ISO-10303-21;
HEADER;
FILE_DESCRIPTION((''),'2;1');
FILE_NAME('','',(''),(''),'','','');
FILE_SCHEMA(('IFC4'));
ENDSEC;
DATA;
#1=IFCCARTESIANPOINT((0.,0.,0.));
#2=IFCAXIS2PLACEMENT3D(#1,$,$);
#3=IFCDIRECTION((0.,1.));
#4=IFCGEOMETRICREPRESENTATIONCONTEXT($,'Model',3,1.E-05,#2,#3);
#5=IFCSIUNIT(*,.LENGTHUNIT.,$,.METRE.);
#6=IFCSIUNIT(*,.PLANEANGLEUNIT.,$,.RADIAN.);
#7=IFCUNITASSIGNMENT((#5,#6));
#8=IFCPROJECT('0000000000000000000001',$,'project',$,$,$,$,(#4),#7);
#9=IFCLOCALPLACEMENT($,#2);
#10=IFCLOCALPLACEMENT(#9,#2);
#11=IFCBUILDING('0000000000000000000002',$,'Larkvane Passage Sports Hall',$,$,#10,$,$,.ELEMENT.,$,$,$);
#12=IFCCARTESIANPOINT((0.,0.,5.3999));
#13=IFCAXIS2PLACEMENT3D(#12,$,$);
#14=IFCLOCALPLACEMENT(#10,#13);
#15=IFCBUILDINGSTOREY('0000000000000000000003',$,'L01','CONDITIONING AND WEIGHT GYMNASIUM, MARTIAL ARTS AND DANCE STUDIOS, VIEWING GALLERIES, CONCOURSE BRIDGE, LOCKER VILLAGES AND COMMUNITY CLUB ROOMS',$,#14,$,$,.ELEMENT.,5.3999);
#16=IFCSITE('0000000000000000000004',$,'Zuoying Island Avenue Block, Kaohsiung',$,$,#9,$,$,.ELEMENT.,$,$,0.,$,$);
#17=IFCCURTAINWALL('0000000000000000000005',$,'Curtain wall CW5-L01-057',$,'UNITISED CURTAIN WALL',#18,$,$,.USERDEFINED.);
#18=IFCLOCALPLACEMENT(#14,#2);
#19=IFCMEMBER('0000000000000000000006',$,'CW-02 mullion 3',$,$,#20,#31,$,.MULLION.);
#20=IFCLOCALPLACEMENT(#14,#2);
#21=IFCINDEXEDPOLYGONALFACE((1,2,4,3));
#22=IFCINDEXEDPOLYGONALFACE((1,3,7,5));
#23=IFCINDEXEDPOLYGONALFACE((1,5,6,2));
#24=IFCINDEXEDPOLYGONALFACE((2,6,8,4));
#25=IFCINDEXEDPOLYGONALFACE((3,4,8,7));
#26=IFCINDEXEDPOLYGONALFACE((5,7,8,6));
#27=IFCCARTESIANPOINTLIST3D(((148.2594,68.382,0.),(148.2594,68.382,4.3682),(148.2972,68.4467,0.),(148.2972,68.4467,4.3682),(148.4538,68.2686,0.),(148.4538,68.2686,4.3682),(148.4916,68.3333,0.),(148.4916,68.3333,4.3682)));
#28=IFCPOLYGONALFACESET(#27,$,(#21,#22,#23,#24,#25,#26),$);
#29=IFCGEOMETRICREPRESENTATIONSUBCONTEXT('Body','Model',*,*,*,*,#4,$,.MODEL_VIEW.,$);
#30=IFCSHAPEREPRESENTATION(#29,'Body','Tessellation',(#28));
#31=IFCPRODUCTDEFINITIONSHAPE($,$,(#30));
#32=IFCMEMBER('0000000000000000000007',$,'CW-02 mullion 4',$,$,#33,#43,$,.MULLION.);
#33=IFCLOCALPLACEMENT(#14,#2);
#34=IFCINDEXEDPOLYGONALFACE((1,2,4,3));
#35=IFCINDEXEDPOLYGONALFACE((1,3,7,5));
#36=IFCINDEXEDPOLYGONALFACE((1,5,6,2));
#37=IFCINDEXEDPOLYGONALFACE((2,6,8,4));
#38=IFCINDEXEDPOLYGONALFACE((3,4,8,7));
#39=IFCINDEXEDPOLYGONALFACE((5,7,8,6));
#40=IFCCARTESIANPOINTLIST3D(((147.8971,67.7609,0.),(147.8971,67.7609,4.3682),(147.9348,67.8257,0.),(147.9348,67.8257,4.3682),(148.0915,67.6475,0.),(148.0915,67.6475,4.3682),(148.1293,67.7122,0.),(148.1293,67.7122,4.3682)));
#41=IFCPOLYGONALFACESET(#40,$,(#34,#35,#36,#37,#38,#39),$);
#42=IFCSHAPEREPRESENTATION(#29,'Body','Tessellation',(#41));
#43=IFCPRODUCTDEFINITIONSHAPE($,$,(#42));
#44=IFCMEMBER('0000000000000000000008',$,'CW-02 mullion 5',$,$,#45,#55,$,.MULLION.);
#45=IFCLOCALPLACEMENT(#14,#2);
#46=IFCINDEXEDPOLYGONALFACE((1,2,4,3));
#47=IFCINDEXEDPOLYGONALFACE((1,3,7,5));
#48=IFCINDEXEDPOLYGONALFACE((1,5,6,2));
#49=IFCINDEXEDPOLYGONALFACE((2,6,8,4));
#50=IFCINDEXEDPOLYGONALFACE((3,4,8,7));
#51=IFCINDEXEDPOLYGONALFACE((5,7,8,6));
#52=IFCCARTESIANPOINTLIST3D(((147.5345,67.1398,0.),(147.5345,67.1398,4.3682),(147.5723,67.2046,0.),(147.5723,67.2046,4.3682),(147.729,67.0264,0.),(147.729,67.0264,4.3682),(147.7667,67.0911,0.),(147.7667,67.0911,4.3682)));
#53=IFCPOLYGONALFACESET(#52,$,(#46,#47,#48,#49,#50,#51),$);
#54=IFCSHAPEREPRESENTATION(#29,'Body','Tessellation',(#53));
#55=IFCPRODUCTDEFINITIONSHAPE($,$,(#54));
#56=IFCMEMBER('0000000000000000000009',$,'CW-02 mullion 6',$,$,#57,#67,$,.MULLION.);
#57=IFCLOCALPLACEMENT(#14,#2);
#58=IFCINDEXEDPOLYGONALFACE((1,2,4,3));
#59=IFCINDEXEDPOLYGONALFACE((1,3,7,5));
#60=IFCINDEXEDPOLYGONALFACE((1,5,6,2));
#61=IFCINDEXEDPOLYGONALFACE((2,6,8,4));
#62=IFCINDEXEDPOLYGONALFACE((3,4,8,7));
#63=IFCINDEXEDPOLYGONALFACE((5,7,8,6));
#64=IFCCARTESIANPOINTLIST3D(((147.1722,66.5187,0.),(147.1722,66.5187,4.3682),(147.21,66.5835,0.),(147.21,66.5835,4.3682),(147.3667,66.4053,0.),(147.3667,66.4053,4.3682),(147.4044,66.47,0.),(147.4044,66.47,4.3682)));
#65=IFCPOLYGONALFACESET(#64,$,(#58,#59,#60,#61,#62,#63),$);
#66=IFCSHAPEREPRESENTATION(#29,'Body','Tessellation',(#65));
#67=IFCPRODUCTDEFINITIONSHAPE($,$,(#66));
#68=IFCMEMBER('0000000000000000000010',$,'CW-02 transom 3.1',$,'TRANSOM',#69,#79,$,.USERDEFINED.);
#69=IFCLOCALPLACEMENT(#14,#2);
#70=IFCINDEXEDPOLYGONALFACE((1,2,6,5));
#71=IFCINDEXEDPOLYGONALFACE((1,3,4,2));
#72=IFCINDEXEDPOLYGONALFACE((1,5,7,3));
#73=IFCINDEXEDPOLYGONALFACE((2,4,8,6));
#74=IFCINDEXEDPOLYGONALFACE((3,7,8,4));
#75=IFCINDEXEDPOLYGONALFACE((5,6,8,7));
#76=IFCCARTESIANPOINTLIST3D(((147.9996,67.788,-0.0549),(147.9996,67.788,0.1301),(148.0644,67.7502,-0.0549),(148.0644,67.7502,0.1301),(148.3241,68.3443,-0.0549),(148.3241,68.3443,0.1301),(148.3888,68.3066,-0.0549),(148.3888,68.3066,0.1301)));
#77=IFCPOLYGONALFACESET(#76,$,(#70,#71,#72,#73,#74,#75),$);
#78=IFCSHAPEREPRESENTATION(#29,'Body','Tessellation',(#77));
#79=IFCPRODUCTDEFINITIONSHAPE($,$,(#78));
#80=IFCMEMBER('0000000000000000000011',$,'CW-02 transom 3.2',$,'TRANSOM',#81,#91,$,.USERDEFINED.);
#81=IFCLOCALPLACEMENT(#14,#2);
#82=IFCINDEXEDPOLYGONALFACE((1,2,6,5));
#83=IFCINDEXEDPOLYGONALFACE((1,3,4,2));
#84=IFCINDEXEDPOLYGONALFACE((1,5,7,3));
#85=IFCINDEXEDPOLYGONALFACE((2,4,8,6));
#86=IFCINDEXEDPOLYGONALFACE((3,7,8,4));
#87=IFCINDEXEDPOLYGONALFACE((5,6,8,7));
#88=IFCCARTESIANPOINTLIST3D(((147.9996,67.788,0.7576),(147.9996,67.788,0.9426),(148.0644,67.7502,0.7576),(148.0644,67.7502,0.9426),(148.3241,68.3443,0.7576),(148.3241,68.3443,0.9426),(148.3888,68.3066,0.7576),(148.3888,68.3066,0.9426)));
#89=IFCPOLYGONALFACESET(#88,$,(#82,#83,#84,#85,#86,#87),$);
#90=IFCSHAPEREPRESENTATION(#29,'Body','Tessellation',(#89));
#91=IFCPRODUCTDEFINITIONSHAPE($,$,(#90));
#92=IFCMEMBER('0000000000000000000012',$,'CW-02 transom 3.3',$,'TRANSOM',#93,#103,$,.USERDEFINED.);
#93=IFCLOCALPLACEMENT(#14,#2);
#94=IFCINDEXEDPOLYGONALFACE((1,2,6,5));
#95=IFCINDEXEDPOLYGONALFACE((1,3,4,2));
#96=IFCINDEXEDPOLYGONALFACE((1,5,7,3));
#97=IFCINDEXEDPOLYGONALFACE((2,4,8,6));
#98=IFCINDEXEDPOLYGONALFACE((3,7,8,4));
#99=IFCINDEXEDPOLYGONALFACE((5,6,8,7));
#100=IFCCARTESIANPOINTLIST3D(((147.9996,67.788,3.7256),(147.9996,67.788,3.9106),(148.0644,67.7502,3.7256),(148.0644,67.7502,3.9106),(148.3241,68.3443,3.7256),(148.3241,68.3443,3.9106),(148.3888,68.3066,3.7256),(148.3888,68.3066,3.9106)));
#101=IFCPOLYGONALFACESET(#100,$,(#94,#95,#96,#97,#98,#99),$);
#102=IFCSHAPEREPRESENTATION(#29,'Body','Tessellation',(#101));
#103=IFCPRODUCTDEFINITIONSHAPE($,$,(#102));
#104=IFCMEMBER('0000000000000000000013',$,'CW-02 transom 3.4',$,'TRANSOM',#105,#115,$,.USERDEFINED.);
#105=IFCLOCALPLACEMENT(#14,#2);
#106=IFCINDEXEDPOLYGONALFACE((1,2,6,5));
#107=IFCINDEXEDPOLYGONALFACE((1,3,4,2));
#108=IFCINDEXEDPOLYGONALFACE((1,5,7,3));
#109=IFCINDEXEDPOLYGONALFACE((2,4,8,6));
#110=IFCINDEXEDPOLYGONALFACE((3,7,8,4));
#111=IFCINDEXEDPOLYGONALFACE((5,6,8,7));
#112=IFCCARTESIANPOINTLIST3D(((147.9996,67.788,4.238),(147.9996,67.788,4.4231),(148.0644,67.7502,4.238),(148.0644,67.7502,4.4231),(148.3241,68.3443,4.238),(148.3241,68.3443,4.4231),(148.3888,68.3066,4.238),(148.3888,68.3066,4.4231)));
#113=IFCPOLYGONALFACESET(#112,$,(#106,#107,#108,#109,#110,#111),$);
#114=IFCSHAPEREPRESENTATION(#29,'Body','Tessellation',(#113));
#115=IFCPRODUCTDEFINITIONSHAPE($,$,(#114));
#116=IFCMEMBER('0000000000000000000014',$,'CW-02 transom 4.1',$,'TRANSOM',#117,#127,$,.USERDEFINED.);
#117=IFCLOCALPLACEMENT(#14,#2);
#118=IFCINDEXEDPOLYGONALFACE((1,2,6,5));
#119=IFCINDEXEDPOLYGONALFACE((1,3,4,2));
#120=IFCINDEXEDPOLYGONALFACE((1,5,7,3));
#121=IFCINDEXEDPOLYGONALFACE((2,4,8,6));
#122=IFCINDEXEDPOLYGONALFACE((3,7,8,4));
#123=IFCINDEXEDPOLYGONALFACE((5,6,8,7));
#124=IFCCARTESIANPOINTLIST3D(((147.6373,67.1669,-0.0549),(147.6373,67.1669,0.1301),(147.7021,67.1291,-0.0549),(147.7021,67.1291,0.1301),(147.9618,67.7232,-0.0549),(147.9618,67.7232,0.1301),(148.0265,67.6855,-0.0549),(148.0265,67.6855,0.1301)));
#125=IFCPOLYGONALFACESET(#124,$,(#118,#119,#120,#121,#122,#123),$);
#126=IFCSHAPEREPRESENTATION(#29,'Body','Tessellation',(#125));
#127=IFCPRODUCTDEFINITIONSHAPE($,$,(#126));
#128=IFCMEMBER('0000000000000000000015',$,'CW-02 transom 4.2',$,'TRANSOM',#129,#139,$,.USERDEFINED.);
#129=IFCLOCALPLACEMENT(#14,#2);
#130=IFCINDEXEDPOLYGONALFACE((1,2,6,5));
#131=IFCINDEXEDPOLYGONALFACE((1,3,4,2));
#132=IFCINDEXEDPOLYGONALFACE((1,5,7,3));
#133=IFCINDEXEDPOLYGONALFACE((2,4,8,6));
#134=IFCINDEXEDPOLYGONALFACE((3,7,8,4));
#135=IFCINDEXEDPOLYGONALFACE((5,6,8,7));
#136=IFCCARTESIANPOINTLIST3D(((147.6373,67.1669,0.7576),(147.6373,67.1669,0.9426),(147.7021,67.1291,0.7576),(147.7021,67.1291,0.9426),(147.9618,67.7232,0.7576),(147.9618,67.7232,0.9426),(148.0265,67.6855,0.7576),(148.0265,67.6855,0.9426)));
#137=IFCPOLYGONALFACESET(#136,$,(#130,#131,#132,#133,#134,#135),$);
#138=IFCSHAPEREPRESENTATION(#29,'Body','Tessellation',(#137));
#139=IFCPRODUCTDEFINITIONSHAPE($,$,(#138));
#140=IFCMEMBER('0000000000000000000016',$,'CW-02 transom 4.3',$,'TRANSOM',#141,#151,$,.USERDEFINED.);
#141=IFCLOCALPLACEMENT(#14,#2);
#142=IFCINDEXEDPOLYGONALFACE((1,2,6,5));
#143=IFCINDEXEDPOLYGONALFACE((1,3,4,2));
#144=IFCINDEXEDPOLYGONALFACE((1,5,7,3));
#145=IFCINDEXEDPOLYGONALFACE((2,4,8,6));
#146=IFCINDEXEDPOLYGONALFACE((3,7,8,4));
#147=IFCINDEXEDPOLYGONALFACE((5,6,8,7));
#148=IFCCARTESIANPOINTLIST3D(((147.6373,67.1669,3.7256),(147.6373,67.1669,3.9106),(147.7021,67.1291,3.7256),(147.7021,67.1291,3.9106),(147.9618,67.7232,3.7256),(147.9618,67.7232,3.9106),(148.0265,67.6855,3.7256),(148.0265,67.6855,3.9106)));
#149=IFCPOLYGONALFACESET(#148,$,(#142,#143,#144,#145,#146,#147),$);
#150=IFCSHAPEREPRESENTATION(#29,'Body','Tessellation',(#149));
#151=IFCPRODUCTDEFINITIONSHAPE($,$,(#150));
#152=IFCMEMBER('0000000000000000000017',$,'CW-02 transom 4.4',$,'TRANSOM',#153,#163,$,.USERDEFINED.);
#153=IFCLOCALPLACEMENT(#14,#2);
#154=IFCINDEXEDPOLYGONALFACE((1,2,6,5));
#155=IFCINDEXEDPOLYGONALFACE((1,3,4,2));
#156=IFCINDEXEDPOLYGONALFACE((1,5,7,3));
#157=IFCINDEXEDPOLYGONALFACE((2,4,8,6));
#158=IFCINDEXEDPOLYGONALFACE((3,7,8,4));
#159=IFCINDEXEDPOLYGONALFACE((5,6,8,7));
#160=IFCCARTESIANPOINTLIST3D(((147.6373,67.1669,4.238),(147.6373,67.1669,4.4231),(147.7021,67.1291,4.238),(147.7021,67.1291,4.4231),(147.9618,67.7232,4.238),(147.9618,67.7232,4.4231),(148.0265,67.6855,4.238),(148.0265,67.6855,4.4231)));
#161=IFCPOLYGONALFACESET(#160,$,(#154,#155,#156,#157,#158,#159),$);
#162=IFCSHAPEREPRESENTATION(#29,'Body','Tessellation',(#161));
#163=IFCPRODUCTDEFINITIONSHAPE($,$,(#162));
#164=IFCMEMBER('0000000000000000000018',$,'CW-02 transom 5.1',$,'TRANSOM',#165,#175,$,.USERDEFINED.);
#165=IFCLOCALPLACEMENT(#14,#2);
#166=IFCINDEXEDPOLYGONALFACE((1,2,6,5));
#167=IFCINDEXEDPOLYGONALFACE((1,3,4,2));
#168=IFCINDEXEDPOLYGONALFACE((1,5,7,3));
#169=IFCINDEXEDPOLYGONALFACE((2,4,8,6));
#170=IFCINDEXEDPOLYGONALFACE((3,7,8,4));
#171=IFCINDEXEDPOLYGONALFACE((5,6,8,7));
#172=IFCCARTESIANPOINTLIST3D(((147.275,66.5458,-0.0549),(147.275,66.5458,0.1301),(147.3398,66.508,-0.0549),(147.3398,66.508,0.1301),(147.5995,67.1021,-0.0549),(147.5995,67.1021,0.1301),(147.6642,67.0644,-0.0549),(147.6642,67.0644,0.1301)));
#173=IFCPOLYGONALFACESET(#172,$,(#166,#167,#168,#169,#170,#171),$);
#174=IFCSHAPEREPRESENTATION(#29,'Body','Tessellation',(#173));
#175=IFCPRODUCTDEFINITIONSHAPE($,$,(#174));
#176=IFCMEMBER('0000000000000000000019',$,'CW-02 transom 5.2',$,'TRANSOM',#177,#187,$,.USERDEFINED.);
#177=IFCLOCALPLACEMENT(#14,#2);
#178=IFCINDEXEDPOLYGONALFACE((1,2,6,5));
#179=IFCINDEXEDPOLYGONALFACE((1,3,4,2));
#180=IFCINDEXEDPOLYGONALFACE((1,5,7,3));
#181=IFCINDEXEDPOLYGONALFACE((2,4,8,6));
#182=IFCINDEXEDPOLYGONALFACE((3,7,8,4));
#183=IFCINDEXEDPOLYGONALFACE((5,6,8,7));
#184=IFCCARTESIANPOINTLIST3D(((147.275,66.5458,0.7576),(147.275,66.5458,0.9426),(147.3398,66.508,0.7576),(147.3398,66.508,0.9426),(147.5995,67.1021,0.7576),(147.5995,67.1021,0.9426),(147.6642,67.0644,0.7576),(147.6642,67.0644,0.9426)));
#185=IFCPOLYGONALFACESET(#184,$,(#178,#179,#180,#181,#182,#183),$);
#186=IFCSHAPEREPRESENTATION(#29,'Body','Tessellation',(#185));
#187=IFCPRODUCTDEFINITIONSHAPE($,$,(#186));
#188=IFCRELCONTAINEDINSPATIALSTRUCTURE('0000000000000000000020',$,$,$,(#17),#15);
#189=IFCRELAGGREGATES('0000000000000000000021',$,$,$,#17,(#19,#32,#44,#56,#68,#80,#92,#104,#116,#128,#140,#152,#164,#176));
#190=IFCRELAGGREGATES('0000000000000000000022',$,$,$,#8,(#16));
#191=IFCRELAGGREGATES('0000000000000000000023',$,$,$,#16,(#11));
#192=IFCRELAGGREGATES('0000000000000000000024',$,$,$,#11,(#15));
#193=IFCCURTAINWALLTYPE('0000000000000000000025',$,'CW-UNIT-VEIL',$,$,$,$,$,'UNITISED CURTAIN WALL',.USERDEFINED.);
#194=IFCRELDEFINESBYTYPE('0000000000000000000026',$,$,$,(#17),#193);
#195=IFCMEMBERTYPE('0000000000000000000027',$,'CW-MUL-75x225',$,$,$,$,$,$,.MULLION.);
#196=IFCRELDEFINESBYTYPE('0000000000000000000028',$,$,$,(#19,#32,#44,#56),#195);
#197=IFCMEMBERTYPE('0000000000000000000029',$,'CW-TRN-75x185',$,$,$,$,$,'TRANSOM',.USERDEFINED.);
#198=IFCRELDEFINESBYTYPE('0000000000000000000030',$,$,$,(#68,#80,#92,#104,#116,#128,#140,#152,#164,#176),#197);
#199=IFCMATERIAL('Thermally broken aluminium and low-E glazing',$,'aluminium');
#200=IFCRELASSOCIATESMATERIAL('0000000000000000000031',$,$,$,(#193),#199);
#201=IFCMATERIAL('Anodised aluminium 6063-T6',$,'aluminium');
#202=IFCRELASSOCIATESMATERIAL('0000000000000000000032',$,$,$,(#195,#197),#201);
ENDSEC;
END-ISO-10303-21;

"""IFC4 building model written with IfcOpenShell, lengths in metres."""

from ifc_helpers import new_model, si_unit, direction, frame, origin, origin_2d, place, context, subcontext, project, spatial, rectangle, extrude, material, material_profile, profile_set, type_object, element, aggregate, save


model = new_model("IFC4")

# Units and contexts
model_context = context("Model", 3, precision=1e-05, world=origin(), true_north=direction((0.0, 1.0)))
body_context = subcontext(model_context, "Body", "Model", "MODEL_VIEW")
ifc_project = project(units=[si_unit("LENGTHUNIT", "METRE"), si_unit("PLANEANGLEUNIT", "RADIAN")], contexts=[model_context])

# Site, building, storey
site_placement = place(None, origin())
site = spatial("IfcSite", under=ifc_project, at=site_placement, Name="Zuoying Island Avenue Block, Kaohsiung", CompositionType="ELEMENT", RefElevation=0.0)
building_placement = place(site_placement, origin())
building = spatial("IfcBuilding", under=site, at=building_placement, Name="Larkvane Passage Sports Hall", CompositionType="ELEMENT")
storey_placement = place(building_placement, frame((0.0, 0.0, 5.3999)))
storey = spatial("IfcBuildingStorey", under=building, at=storey_placement, Name="L01", Description="CONDITIONING AND WEIGHT GYMNASIUM, MARTIAL ARTS AND DANCE STUDIOS, VIEWING GALLERIES, CONCOURSE BRIDGE, LOCKER VILLAGES AND COMMUNITY CLUB ROOMS", CompositionType="ELEMENT", Elevation=5.3999)

# Curtain wall, members
ifc_material_1 = material(Name="Thermally broken aluminium and low-E glazing", Category="aluminium")
curtain_wall_type = type_object("IfcCurtainWallType", Name="CW-UNIT-VEIL", ElementType="UNITISED CURTAIN WALL", PredefinedType="USERDEFINED", material=ifc_material_1)
curtain_wall_placement = place(storey_placement, origin())
curtain_wall = element("IfcCurtainWall", 1, at=curtain_wall_placement, inside=storey, type_object=curtain_wall_type, Name="Curtain wall CW5-L01-057", ObjectType="UNITISED CURTAIN WALL", PredefinedType="USERDEFINED")
ifc_material_2 = material(Name="Anodised aluminium 6063-T6", Category="aluminium")
ifc_material_profile_1 = material_profile(ifc_material_2, rectangle(XDim=0.075, YDim=0.2251, at=origin_2d()), Name="ALU-MUL-75x225")
ifc_profile_set_1 = profile_set([ifc_material_profile_1], Name="Anodised aluminium 6063-T6")
member_type_1 = type_object("IfcMemberType", Name="CW-MUL-75x225", PredefinedType="MULLION", material=ifc_profile_set_1)
member_1_placement = place(storey_placement, frame((148.3755, 68.3577, 0.0), z_axis=(0.0, 0.0, 1.0), x_axis=(-0.503867, -0.863781, 0.0)))
member_1 = element("IfcMember", 2, at=member_1_placement, type_object=member_type_1, Name="CW-02 mullion 3", PredefinedType="MULLION", context=body_context, shape_type="SweptSolid", body=[
    extrude(rectangle(XDim=0.075, YDim=0.2251, at=origin_2d()), origin(), (0.0, 0.0, 1.0), 4.3682),
])
member_2_placement = place(storey_placement, frame((148.0132, 67.7366, 0.0), z_axis=(0.0, 0.0, 1.0), x_axis=(-0.503867, -0.863781, 0.0)))
member_2 = element("IfcMember", 3, at=member_2_placement, type_object=member_type_1, Name="CW-02 mullion 4", PredefinedType="MULLION", context=body_context, shape_type="SweptSolid", body=[
    extrude(rectangle(XDim=0.075, YDim=0.2251, at=origin_2d()), origin(), (0.0, 0.0, 1.0), 4.3682),
])
member_3_placement = place(storey_placement, frame((147.6506, 67.1155, 0.0), z_axis=(0.0, 0.0, 1.0), x_axis=(-0.503867, -0.863781, 0.0)))
member_3 = element("IfcMember", 4, at=member_3_placement, type_object=member_type_1, Name="CW-02 mullion 5", PredefinedType="MULLION", context=body_context, shape_type="SweptSolid", body=[
    extrude(rectangle(XDim=0.075, YDim=0.2251, at=origin_2d()), origin(), (0.0, 0.0, 1.0), 4.3682),
])
member_4_placement = place(storey_placement, frame((147.2883, 66.4944, 0.0), z_axis=(0.0, 0.0, 1.0), x_axis=(-0.503867, -0.863781, 0.0)))
member_4 = element("IfcMember", 5, at=member_4_placement, type_object=member_type_1, Name="CW-02 mullion 6", PredefinedType="MULLION", context=body_context, shape_type="SweptSolid", body=[
    extrude(rectangle(XDim=0.075, YDim=0.2251, at=origin_2d()), origin(), (0.0, 0.0, 1.0), 4.3682),
])
ifc_material_profile_2 = material_profile(ifc_material_2, rectangle(XDim=0.075, YDim=0.1851, at=origin_2d()), Name="ALU-TRN-75x185")
ifc_profile_set_2 = profile_set([ifc_material_profile_2], Name="Anodised aluminium 6063-T6")
member_type_2 = type_object("IfcMemberType", Name="CW-TRN-75x185", ElementType="TRANSOM", PredefinedType="USERDEFINED", material=ifc_profile_set_2)
member_5_placement = place(storey_placement, frame((148.3564, 68.3254, 0.0376), z_axis=(-0.503753, -0.863848, 0.0), x_axis=(0.863848, -0.503753, 0.0)))
member_5 = element("IfcMember", 6, at=member_5_placement, type_object=member_type_2, Name="CW-02 transom 3.1", ObjectType="TRANSOM", PredefinedType="USERDEFINED", context=body_context, shape_type="SweptSolid", body=[
    extrude(rectangle(XDim=0.075, YDim=0.1851, at=origin_2d()), origin(), (0.0, 0.0, 1.0), 0.644),
])
member_6_placement = place(storey_placement, frame((148.3564, 68.3254, 0.8501), z_axis=(-0.503753, -0.863848, 0.0), x_axis=(0.863848, -0.503753, 0.0)))
member_6 = element("IfcMember", 7, at=member_6_placement, type_object=member_type_2, Name="CW-02 transom 3.2", ObjectType="TRANSOM", PredefinedType="USERDEFINED", context=body_context, shape_type="SweptSolid", body=[
    extrude(rectangle(XDim=0.075, YDim=0.1851, at=origin_2d()), origin(), (0.0, 0.0, 1.0), 0.644),
])
member_7_placement = place(storey_placement, frame((148.3564, 68.3254, 3.8181), z_axis=(-0.503753, -0.863848, 0.0), x_axis=(0.863848, -0.503753, 0.0)))
member_7 = element("IfcMember", 8, at=member_7_placement, type_object=member_type_2, Name="CW-02 transom 3.3", ObjectType="TRANSOM", PredefinedType="USERDEFINED", context=body_context, shape_type="SweptSolid", body=[
    extrude(rectangle(XDim=0.075, YDim=0.1851, at=origin_2d()), origin(), (0.0, 0.0, 1.0), 0.644),
])
member_8_placement = place(storey_placement, frame((148.3564, 68.3254, 4.3306), z_axis=(-0.503753, -0.863848, 0.0), x_axis=(0.863848, -0.503753, 0.0)))
member_8 = element("IfcMember", 9, at=member_8_placement, type_object=member_type_2, Name="CW-02 transom 3.4", ObjectType="TRANSOM", PredefinedType="USERDEFINED", context=body_context, shape_type="SweptSolid", body=[
    extrude(rectangle(XDim=0.075, YDim=0.1851, at=origin_2d()), origin(), (0.0, 0.0, 1.0), 0.644),
])
member_9_placement = place(storey_placement, frame((147.9941, 67.7043, 0.0376), z_axis=(-0.503753, -0.863848, 0.0), x_axis=(0.863848, -0.503753, 0.0)))
member_9 = element("IfcMember", 10, at=member_9_placement, type_object=member_type_2, Name="CW-02 transom 4.1", ObjectType="TRANSOM", PredefinedType="USERDEFINED", context=body_context, shape_type="SweptSolid", body=[
    extrude(rectangle(XDim=0.075, YDim=0.1851, at=origin_2d()), origin(), (0.0, 0.0, 1.0), 0.644),
])
member_10_placement = place(storey_placement, frame((147.9941, 67.7043, 0.8501), z_axis=(-0.503753, -0.863848, 0.0), x_axis=(0.863848, -0.503753, 0.0)))
member_10 = element("IfcMember", 11, at=member_10_placement, type_object=member_type_2, Name="CW-02 transom 4.2", ObjectType="TRANSOM", PredefinedType="USERDEFINED", context=body_context, shape_type="SweptSolid", body=[
    extrude(rectangle(XDim=0.075, YDim=0.1851, at=origin_2d()), origin(), (0.0, 0.0, 1.0), 0.644),
])
member_11_placement = place(storey_placement, frame((147.9941, 67.7043, 3.8181), z_axis=(-0.503753, -0.863848, 0.0), x_axis=(0.863848, -0.503753, 0.0)))
member_11 = element("IfcMember", 12, at=member_11_placement, type_object=member_type_2, Name="CW-02 transom 4.3", ObjectType="TRANSOM", PredefinedType="USERDEFINED", context=body_context, shape_type="SweptSolid", body=[
    extrude(rectangle(XDim=0.075, YDim=0.1851, at=origin_2d()), origin(), (0.0, 0.0, 1.0), 0.644),
])
member_12_placement = place(storey_placement, frame((147.9941, 67.7043, 4.3306), z_axis=(-0.503753, -0.863848, 0.0), x_axis=(0.863848, -0.503753, 0.0)))
member_12 = element("IfcMember", 13, at=member_12_placement, type_object=member_type_2, Name="CW-02 transom 4.4", ObjectType="TRANSOM", PredefinedType="USERDEFINED", context=body_context, shape_type="SweptSolid", body=[
    extrude(rectangle(XDim=0.075, YDim=0.1851, at=origin_2d()), origin(), (0.0, 0.0, 1.0), 0.644),
])
member_13_placement = place(storey_placement, frame((147.6318, 67.0833, 0.0376), z_axis=(-0.503753, -0.863848, 0.0), x_axis=(0.863848, -0.503753, 0.0)))
member_13 = element("IfcMember", 14, at=member_13_placement, type_object=member_type_2, Name="CW-02 transom 5.1", ObjectType="TRANSOM", PredefinedType="USERDEFINED", context=body_context, shape_type="SweptSolid", body=[
    extrude(rectangle(XDim=0.075, YDim=0.1851, at=origin_2d()), origin(), (0.0, 0.0, 1.0), 0.644),
])
member_14_placement = place(storey_placement, frame((147.6318, 67.0833, 0.8501), z_axis=(-0.503753, -0.863848, 0.0), x_axis=(0.863848, -0.503753, 0.0)))
member_14 = element("IfcMember", 15, at=member_14_placement, type_object=member_type_2, Name="CW-02 transom 5.2", ObjectType="TRANSOM", PredefinedType="USERDEFINED", context=body_context, shape_type="SweptSolid", body=[
    extrude(rectangle(XDim=0.075, YDim=0.1851, at=origin_2d()), origin(), (0.0, 0.0, 1.0), 0.644),
])
aggregate(curtain_wall, [member_1, member_2, member_3, member_4, member_5, member_6, member_7, member_8, member_9, member_10, member_11, member_12, member_13, member_14])

save(model, "model.ifc")
